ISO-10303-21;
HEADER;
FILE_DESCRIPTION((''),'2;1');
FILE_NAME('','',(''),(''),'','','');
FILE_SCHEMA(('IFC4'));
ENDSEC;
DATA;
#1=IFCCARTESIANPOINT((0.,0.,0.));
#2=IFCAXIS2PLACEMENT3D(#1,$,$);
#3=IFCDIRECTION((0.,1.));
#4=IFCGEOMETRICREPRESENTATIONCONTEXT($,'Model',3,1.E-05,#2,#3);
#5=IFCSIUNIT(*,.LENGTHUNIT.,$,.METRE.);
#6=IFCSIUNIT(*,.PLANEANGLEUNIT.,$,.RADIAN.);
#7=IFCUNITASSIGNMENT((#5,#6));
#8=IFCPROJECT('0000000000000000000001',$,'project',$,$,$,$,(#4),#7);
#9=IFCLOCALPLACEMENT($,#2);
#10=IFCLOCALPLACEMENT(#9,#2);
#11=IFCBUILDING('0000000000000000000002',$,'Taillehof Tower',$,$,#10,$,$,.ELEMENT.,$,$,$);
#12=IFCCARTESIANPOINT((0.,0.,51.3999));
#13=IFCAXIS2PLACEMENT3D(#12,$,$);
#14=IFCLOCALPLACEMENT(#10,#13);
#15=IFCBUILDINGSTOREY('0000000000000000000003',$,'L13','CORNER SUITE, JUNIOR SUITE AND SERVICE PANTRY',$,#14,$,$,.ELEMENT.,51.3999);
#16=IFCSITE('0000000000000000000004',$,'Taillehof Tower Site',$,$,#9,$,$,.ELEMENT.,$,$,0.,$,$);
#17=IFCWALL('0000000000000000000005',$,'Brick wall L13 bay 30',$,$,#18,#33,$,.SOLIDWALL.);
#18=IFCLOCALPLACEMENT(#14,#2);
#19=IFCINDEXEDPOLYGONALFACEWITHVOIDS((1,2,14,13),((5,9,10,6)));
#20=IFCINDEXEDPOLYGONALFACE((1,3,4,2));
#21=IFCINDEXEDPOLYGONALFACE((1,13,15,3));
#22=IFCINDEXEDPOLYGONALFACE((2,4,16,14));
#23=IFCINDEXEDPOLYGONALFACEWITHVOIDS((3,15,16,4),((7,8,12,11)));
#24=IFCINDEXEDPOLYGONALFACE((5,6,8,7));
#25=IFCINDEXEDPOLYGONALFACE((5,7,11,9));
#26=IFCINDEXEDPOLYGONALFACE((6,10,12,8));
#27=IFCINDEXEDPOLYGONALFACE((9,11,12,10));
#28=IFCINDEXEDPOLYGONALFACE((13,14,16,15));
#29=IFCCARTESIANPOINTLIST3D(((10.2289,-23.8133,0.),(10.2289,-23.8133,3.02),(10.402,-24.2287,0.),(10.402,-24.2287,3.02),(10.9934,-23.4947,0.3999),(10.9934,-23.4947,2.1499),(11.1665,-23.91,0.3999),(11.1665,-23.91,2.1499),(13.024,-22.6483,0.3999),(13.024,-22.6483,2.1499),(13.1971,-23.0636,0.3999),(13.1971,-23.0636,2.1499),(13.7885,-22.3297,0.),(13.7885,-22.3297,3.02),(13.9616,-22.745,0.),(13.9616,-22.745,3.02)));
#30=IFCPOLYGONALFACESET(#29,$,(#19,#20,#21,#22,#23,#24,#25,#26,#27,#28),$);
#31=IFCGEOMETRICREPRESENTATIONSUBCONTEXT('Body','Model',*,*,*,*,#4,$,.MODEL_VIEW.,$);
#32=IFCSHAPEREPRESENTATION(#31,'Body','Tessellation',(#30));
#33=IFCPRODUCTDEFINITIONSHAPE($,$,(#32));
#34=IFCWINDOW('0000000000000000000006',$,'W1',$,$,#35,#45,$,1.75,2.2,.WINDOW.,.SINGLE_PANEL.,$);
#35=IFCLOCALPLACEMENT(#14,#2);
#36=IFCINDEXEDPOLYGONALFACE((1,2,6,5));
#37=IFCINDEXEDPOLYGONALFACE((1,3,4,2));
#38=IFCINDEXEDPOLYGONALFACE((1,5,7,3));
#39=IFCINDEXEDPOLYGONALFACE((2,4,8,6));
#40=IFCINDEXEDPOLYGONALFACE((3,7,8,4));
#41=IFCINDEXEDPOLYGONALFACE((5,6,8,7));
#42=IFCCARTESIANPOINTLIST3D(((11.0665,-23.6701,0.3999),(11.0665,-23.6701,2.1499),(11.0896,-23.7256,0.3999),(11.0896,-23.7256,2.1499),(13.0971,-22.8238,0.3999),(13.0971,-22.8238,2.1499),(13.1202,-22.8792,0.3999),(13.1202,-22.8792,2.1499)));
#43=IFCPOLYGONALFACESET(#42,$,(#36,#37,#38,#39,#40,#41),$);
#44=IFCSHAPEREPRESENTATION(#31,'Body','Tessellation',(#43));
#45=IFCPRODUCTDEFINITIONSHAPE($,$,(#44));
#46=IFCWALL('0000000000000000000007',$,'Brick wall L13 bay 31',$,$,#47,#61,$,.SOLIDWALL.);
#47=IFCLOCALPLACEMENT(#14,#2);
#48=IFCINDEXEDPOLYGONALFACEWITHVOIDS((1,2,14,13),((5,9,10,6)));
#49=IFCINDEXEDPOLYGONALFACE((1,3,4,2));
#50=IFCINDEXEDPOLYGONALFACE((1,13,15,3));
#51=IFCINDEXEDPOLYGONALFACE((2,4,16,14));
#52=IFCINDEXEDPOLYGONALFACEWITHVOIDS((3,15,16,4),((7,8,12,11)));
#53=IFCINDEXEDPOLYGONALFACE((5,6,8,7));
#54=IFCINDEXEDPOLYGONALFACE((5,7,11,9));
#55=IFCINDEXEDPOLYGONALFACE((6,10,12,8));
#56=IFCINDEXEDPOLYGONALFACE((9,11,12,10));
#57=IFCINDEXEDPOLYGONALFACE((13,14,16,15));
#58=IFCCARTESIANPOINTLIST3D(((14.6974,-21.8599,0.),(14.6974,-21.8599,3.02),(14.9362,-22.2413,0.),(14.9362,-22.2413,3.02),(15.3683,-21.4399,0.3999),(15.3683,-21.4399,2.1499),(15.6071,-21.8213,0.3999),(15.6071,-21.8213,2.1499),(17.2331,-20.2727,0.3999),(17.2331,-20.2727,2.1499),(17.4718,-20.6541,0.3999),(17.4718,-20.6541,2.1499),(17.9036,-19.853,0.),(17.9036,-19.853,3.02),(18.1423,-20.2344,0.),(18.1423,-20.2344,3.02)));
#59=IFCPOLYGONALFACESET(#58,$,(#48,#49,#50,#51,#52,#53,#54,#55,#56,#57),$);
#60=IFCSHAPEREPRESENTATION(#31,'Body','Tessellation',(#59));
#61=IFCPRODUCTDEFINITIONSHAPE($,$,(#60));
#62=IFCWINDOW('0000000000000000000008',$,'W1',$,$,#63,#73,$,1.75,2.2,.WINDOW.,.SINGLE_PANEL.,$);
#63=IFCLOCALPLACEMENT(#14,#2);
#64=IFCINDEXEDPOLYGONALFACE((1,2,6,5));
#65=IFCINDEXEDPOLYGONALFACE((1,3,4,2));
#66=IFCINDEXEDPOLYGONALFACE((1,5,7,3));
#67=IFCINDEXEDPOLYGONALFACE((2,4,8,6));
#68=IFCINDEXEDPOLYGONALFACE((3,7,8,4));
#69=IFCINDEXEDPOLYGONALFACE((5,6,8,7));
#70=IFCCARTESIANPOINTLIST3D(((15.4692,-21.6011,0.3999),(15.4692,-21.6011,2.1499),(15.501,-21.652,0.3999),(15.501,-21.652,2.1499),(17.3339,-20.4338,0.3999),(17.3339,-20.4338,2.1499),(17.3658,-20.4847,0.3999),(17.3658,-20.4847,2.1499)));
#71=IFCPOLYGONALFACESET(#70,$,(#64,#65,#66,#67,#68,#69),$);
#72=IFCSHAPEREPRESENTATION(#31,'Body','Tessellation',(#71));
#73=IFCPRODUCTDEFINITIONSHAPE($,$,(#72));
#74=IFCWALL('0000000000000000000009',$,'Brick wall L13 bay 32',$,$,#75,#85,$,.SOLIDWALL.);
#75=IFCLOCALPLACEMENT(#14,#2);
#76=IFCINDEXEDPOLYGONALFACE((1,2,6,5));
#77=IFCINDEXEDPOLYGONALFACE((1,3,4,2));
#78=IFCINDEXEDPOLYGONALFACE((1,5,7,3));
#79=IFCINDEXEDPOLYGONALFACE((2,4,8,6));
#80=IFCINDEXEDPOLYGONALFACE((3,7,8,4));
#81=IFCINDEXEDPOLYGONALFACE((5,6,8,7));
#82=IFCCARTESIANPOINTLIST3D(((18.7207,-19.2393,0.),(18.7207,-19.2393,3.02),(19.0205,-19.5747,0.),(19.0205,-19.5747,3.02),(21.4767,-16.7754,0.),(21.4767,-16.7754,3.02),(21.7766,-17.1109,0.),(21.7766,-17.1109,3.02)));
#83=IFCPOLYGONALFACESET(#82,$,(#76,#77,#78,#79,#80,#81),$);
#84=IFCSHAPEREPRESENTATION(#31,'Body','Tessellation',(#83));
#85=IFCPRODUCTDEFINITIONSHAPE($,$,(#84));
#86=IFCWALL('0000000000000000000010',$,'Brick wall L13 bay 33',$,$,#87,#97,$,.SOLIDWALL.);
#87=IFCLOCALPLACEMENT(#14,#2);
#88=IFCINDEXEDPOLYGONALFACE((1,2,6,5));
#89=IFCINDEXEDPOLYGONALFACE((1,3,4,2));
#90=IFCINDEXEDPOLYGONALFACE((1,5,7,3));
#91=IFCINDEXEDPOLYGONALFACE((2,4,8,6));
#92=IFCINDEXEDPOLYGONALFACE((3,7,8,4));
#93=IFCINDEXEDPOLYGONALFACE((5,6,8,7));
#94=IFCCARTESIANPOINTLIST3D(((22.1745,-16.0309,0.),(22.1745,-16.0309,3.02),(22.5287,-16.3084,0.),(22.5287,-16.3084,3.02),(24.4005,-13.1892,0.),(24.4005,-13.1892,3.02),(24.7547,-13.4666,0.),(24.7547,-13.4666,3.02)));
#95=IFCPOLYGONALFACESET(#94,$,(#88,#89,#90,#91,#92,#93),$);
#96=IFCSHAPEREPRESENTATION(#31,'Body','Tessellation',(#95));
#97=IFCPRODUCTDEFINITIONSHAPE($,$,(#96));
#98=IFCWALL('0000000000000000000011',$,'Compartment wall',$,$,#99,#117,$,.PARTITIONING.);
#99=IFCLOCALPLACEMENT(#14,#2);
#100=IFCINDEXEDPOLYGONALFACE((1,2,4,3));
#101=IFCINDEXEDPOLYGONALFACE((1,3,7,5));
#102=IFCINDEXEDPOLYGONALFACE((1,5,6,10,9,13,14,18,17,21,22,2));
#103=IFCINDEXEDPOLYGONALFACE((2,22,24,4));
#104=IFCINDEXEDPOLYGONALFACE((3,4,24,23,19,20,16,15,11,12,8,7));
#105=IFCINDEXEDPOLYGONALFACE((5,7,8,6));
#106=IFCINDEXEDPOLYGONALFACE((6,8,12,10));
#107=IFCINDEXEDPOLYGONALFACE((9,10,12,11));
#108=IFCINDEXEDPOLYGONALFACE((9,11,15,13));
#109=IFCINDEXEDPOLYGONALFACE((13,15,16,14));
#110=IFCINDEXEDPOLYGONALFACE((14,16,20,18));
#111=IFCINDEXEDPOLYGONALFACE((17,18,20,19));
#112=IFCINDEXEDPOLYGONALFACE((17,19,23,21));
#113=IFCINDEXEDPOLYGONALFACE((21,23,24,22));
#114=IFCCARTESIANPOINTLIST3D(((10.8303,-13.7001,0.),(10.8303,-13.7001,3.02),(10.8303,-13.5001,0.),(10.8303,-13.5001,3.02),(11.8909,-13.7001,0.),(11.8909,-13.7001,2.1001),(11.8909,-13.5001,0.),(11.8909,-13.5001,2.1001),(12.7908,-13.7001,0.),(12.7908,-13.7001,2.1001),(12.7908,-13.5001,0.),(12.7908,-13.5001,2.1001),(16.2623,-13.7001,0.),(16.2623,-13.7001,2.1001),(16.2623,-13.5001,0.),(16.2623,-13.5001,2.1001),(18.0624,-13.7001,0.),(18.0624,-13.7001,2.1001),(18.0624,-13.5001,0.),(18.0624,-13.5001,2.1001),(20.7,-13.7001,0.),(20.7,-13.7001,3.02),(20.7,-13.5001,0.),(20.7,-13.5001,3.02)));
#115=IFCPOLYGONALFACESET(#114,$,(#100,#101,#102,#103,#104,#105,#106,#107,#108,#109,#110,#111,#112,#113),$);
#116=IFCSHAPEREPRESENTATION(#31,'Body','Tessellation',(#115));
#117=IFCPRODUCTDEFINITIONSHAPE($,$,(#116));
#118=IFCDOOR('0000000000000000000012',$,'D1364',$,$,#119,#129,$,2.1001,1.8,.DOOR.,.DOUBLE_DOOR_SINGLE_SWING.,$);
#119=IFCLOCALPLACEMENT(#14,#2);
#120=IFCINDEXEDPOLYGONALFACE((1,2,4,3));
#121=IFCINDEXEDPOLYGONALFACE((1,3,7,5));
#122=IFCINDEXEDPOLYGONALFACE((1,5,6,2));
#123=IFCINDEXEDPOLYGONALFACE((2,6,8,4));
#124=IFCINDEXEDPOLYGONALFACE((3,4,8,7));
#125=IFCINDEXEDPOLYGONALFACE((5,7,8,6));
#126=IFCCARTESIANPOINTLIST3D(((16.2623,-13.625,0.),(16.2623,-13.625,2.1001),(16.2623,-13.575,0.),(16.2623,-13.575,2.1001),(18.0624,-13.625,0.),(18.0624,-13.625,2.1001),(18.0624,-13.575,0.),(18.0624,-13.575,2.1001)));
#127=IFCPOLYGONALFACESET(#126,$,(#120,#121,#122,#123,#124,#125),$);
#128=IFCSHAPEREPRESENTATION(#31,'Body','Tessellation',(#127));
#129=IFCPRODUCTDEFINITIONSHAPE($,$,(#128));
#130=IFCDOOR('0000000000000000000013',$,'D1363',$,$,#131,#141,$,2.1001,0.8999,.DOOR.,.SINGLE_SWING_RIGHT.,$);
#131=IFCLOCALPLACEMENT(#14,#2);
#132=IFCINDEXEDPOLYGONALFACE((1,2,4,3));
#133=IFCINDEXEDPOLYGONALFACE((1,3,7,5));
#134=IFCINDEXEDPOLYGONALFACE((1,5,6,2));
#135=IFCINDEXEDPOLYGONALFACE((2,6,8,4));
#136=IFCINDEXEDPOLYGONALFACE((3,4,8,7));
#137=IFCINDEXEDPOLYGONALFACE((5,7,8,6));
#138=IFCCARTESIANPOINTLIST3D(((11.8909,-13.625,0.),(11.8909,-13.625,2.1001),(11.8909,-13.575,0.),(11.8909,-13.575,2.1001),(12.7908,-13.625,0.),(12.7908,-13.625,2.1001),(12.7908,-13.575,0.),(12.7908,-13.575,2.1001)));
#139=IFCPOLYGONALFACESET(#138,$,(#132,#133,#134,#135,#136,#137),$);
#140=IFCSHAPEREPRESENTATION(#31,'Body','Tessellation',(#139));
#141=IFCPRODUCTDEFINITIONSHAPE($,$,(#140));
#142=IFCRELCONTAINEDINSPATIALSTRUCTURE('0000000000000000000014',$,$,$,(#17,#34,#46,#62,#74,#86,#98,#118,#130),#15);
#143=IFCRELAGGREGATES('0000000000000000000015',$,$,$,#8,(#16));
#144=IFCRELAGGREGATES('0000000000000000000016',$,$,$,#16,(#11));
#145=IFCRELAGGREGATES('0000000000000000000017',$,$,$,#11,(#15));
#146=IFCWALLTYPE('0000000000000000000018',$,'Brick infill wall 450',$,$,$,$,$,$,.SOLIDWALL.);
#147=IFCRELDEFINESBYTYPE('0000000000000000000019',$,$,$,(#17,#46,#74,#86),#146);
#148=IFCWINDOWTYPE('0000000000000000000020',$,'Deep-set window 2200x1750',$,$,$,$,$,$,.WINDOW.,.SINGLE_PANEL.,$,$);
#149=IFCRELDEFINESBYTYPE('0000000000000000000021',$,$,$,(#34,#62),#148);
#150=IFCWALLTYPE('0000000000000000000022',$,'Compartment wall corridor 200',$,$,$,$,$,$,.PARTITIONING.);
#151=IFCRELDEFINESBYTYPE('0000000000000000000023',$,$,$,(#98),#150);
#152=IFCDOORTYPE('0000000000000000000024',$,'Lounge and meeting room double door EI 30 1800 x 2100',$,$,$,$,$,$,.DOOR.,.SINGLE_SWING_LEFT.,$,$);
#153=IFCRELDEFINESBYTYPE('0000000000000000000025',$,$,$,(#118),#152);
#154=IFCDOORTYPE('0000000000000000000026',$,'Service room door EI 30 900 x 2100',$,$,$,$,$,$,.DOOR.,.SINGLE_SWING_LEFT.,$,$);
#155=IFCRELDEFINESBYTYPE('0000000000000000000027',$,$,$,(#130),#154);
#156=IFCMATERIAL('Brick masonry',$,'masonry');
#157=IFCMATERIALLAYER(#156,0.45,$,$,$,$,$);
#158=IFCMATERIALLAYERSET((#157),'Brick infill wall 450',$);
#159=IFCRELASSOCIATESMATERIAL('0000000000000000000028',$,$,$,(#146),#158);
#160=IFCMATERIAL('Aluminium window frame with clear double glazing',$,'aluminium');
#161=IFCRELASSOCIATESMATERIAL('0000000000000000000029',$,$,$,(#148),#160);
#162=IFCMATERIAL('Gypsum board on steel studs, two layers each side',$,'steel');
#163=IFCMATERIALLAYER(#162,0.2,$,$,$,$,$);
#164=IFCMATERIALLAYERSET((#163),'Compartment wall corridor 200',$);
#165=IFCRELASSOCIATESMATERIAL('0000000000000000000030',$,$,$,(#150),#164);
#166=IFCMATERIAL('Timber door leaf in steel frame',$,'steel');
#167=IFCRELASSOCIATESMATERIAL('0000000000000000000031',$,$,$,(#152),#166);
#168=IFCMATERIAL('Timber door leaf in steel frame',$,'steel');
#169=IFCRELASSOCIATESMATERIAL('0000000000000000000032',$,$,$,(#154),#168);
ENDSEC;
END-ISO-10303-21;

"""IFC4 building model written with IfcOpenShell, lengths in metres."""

from ifc_helpers import new_model, si_unit, direction, frame, frame_2d, origin, place, context, subcontext, project, spatial, rectangle, extrude, material, layer, layer_set, type_object, element, fill, save


model = new_model("IFC4")

# Units and contexts
model_context = context("Model", 3, precision=1e-05, world=origin(), true_north=direction((0.0, 1.0)))
body_context = subcontext(model_context, "Body", "Model", "MODEL_VIEW")
ifc_project = project(units=[si_unit("LENGTHUNIT", "METRE"), si_unit("PLANEANGLEUNIT", "RADIAN")], contexts=[model_context])

# Site, building, storey
site_placement = place(None, origin())
site = spatial("IfcSite", under=ifc_project, at=site_placement, Name="Taillehof Tower Site", CompositionType="ELEMENT", RefElevation=0.0)
building_placement = place(site_placement, origin())
building = spatial("IfcBuilding", under=site, at=building_placement, Name="Taillehof Tower", CompositionType="ELEMENT")
storey_placement = place(building_placement, frame((0.0, 0.0, 51.3999)))
storey = spatial("IfcBuildingStorey", under=building, at=storey_placement, Name="L13", Description="CORNER SUITE, JUNIOR SUITE AND SERVICE PANTRY", CompositionType="ELEMENT", Elevation=51.3999)

# Walls, openings, windows
ifc_material_1 = material(Name="Brick masonry", Category="masonry")
ifc_layer_1 = layer(ifc_material_1, 0.45)
ifc_layer_set_1 = layer_set([ifc_layer_1], Name="Brick infill wall 450")
wall_type_1 = type_object("IfcWallType", Name="Brick infill wall 450", PredefinedType="SOLIDWALL", material=ifc_layer_set_1)
wall_1_placement = place(storey_placement, frame((10.3154, -24.021, 0.0), z_axis=(0.0, 0.0, 1.0), x_axis=(0.923032, 0.384723, 0.0)))
wall_1 = element("IfcWall", 1, at=wall_1_placement, inside=storey, type_object=wall_type_1, Name="Brick wall L13 bay 30", PredefinedType="SOLIDWALL", context=body_context, shape_type="SweptSolid", body=[
    extrude(rectangle(XDim=3.8564, YDim=0.45, at=frame_2d((1.9282, 0.0))), origin(), (0.0, 0.0, 1.0), 3.02),
])
opening_1_placement = place(wall_1_placement, frame((0.8281, 0.0, 0.3999)))
opening_1 = element("IfcOpeningElement", 2, at=opening_1_placement, cuts=wall_1, PredefinedType="OPENING", context=body_context, shape_type="SweptSolid", body=[
    extrude(rectangle(XDim=2.2, YDim=1.75, at=frame_2d((1.1001, 0.875))), frame((0.0, 0.2349, 0.0), z_axis=(0.0, -1.0, 0.0), x_axis=(1.0, 0.0, 0.0)), (0.0, 0.0, 1.0), 0.47),
])
ifc_material_2 = material(Name="Aluminium window frame with clear double glazing", Category="aluminium")
window_type = type_object("IfcWindowType", Name="Deep-set window 2200x1750", PartitioningType="SINGLE_PANEL", PredefinedType="WINDOW", material=ifc_material_2)
window_1_placement = place(opening_1_placement, origin())
window_1 = element("IfcWindow", 3, at=window_1_placement, inside=storey, type_object=window_type, Name="W1", OverallHeight=1.75, OverallWidth=2.2, PartitioningType="SINGLE_PANEL", PredefinedType="WINDOW", context=body_context, shape_type="SweptSolid", body=[
    extrude(rectangle(XDim=2.2, YDim=1.75, at=frame_2d((1.1001, 0.875))), frame((0.0, 0.0349, 0.0), z_axis=(0.0, -1.0, 0.0), x_axis=(1.0, 0.0, 0.0)), (0.0, 0.0, 1.0), 0.0601),
])
fill(opening_1, window_1)
wall_2_placement = place(storey_placement, frame((14.8169, -22.0505, 0.0), z_axis=(0.0, 0.0, 1.0), x_axis=(0.847635, 0.530579, 0.0)))
wall_2 = element("IfcWall", 4, at=wall_2_placement, inside=storey, type_object=wall_type_1, Name="Brick wall L13 bay 31", PredefinedType="SOLIDWALL", context=body_context, shape_type="SweptSolid", body=[
    extrude(rectangle(XDim=3.7825, YDim=0.45, at=frame_2d((1.8911, 0.0))), origin(), (0.0, 0.0, 1.0), 3.02),
])
opening_2_placement = place(wall_2_placement, frame((0.7913, 0.0, 0.3999)))
opening_2 = element("IfcOpeningElement", 5, at=opening_2_placement, cuts=wall_2, PredefinedType="OPENING", context=body_context, shape_type="SweptSolid", body=[
    extrude(rectangle(XDim=2.2, YDim=1.75, at=frame_2d((1.1001, 0.875))), frame((0.0, 0.2349, 0.0), z_axis=(0.0, -1.0, 0.0), x_axis=(1.0, 0.0, 0.0)), (0.0, 0.0, 1.0), 0.47),
])
window_2_placement = place(opening_2_placement, origin())
window_2 = element("IfcWindow", 6, at=window_2_placement, inside=storey, type_object=window_type, Name="W1", OverallHeight=1.75, OverallWidth=2.2, PartitioningType="SINGLE_PANEL", PredefinedType="WINDOW", context=body_context, shape_type="SweptSolid", body=[
    extrude(rectangle(XDim=2.2, YDim=1.75, at=frame_2d((1.1001, 0.875))), frame((0.0, 0.0349, 0.0), z_axis=(0.0, -1.0, 0.0), x_axis=(1.0, 0.0, 0.0)), (0.0, 0.0, 1.0), 0.0601),
])
fill(opening_2, window_2)

# Walls
wall_3_placement = place(storey_placement, frame((18.8706, -19.407, 0.0), z_axis=(0.0, 0.0, 1.0), x_axis=(0.745526, 0.666476, 0.0)))
element("IfcWall", 7, at=wall_3_placement, inside=storey, type_object=wall_type_1, Name="Brick wall L13 bay 32", PredefinedType="SOLIDWALL", context=body_context, shape_type="SweptSolid", body=[
    extrude(rectangle(XDim=3.6968, YDim=0.45, at=frame_2d((1.8484, 0.0))), origin(), (0.0, 0.0, 1.0), 3.02),
])
wall_4_placement = place(storey_placement, frame((22.3516, -16.1697, 0.0), z_axis=(0.0, 0.0, 1.0), x_axis=(0.616662, 0.787228, 0.0)))
element("IfcWall", 8, at=wall_4_placement, inside=storey, type_object=wall_type_1, Name="Brick wall L13 bay 33", PredefinedType="SOLIDWALL", context=body_context, shape_type="SweptSolid", body=[
    extrude(rectangle(XDim=3.6099, YDim=0.45, at=frame_2d((1.8049, 0.0))), origin(), (0.0, 0.0, 1.0), 3.02),
])

# Wall, openings, doors
ifc_material_3 = material(Name="Gypsum board on steel studs, two layers each side", Category="steel")
ifc_layer_2 = layer(ifc_material_3, 0.2)
ifc_layer_set_2 = layer_set([ifc_layer_2], Name="Compartment wall corridor 200")
wall_type_2 = type_object("IfcWallType", Name="Compartment wall corridor 200", PredefinedType="PARTITIONING", material=ifc_layer_set_2)
wall_5_placement = place(storey_placement, frame((20.7, -13.6001, 0.0), z_axis=(0.0, 0.0, 1.0), x_axis=(-1.0, 0.0, 0.0)))
wall_5 = element("IfcWall", 9, at=wall_5_placement, inside=storey, type_object=wall_type_2, Name="Compartment wall", PredefinedType="PARTITIONING", context=body_context, shape_type="SweptSolid", body=[
    extrude(rectangle(XDim=9.8696, YDim=0.2, at=frame_2d((4.9348, 0.0))), origin(), (0.0, 0.0, 1.0), 3.02),
])
opening_3_placement = place(wall_5_placement, frame((7.9092, 0.0, 0.0)))
opening_3 = element("IfcOpeningElement", 10, at=opening_3_placement, cuts=wall_5, PredefinedType="OPENING", context=body_context, shape_type="SweptSolid", body=[
    extrude(rectangle(XDim=0.8999, YDim=2.1001, at=frame_2d((0.45, 1.05))), frame((0.0, 0.1099, 0.0), z_axis=(0.0, -1.0, 0.0), x_axis=(1.0, 0.0, 0.0)), (0.0, 0.0, 1.0), 0.22),
])
opening_4_placement = place(wall_5_placement, frame((2.6377, 0.0, 0.0)))
opening_4 = element("IfcOpeningElement", 11, at=opening_4_placement, cuts=wall_5, PredefinedType="OPENING", context=body_context, shape_type="SweptSolid", body=[
    extrude(rectangle(XDim=1.8, YDim=2.1001, at=frame_2d((0.8999, 1.05))), frame((0.0, 0.1099, 0.0), z_axis=(0.0, -1.0, 0.0), x_axis=(1.0, 0.0, 0.0)), (0.0, 0.0, 1.0), 0.22),
])
ifc_material_4 = material(Name="Timber door leaf in steel frame", Category="steel")
door_type_1 = type_object("IfcDoorType", Name="Lounge and meeting room double door EI 30 1800 x 2100", OperationType="SINGLE_SWING_LEFT", PredefinedType="DOOR", material=ifc_material_4)
door_1_placement = place(opening_4_placement, origin())
door_1 = element("IfcDoor", 12, at=door_1_placement, inside=storey, type_object=door_type_1, Name="D1364", OperationType="DOUBLE_DOOR_SINGLE_SWING", OverallHeight=2.1001, OverallWidth=1.8, PredefinedType="DOOR", context=body_context, shape_type="SweptSolid", body=[
    extrude(rectangle(XDim=1.8, YDim=2.1001, at=frame_2d((0.8999, 1.05))), frame((0.0, 0.0249, 0.0), z_axis=(0.0, -1.0, 0.0), x_axis=(1.0, 0.0, 0.0)), (0.0, 0.0, 1.0), 0.05),
])
fill(opening_4, door_1)
ifc_material_5 = material(Name="Timber door leaf in steel frame", Category="steel")
door_type_2 = type_object("IfcDoorType", Name="Service room door EI 30 900 x 2100", OperationType="SINGLE_SWING_LEFT", PredefinedType="DOOR", material=ifc_material_5)
door_2_placement = place(opening_3_placement, origin())
door_2 = element("IfcDoor", 13, at=door_2_placement, inside=storey, type_object=door_type_2, Name="D1363", OperationType="SINGLE_SWING_RIGHT", OverallHeight=2.1001, OverallWidth=0.8999, PredefinedType="DOOR", context=body_context, shape_type="SweptSolid", body=[
    extrude(rectangle(XDim=0.8999, YDim=2.1001, at=frame_2d((0.45, 1.05))), frame((0.0, 0.0249, 0.0), z_axis=(0.0, -1.0, 0.0), x_axis=(1.0, 0.0, 0.0)), (0.0, 0.0, 1.0), 0.05),
])
fill(opening_3, door_2)

save(model, "model.ifc")
